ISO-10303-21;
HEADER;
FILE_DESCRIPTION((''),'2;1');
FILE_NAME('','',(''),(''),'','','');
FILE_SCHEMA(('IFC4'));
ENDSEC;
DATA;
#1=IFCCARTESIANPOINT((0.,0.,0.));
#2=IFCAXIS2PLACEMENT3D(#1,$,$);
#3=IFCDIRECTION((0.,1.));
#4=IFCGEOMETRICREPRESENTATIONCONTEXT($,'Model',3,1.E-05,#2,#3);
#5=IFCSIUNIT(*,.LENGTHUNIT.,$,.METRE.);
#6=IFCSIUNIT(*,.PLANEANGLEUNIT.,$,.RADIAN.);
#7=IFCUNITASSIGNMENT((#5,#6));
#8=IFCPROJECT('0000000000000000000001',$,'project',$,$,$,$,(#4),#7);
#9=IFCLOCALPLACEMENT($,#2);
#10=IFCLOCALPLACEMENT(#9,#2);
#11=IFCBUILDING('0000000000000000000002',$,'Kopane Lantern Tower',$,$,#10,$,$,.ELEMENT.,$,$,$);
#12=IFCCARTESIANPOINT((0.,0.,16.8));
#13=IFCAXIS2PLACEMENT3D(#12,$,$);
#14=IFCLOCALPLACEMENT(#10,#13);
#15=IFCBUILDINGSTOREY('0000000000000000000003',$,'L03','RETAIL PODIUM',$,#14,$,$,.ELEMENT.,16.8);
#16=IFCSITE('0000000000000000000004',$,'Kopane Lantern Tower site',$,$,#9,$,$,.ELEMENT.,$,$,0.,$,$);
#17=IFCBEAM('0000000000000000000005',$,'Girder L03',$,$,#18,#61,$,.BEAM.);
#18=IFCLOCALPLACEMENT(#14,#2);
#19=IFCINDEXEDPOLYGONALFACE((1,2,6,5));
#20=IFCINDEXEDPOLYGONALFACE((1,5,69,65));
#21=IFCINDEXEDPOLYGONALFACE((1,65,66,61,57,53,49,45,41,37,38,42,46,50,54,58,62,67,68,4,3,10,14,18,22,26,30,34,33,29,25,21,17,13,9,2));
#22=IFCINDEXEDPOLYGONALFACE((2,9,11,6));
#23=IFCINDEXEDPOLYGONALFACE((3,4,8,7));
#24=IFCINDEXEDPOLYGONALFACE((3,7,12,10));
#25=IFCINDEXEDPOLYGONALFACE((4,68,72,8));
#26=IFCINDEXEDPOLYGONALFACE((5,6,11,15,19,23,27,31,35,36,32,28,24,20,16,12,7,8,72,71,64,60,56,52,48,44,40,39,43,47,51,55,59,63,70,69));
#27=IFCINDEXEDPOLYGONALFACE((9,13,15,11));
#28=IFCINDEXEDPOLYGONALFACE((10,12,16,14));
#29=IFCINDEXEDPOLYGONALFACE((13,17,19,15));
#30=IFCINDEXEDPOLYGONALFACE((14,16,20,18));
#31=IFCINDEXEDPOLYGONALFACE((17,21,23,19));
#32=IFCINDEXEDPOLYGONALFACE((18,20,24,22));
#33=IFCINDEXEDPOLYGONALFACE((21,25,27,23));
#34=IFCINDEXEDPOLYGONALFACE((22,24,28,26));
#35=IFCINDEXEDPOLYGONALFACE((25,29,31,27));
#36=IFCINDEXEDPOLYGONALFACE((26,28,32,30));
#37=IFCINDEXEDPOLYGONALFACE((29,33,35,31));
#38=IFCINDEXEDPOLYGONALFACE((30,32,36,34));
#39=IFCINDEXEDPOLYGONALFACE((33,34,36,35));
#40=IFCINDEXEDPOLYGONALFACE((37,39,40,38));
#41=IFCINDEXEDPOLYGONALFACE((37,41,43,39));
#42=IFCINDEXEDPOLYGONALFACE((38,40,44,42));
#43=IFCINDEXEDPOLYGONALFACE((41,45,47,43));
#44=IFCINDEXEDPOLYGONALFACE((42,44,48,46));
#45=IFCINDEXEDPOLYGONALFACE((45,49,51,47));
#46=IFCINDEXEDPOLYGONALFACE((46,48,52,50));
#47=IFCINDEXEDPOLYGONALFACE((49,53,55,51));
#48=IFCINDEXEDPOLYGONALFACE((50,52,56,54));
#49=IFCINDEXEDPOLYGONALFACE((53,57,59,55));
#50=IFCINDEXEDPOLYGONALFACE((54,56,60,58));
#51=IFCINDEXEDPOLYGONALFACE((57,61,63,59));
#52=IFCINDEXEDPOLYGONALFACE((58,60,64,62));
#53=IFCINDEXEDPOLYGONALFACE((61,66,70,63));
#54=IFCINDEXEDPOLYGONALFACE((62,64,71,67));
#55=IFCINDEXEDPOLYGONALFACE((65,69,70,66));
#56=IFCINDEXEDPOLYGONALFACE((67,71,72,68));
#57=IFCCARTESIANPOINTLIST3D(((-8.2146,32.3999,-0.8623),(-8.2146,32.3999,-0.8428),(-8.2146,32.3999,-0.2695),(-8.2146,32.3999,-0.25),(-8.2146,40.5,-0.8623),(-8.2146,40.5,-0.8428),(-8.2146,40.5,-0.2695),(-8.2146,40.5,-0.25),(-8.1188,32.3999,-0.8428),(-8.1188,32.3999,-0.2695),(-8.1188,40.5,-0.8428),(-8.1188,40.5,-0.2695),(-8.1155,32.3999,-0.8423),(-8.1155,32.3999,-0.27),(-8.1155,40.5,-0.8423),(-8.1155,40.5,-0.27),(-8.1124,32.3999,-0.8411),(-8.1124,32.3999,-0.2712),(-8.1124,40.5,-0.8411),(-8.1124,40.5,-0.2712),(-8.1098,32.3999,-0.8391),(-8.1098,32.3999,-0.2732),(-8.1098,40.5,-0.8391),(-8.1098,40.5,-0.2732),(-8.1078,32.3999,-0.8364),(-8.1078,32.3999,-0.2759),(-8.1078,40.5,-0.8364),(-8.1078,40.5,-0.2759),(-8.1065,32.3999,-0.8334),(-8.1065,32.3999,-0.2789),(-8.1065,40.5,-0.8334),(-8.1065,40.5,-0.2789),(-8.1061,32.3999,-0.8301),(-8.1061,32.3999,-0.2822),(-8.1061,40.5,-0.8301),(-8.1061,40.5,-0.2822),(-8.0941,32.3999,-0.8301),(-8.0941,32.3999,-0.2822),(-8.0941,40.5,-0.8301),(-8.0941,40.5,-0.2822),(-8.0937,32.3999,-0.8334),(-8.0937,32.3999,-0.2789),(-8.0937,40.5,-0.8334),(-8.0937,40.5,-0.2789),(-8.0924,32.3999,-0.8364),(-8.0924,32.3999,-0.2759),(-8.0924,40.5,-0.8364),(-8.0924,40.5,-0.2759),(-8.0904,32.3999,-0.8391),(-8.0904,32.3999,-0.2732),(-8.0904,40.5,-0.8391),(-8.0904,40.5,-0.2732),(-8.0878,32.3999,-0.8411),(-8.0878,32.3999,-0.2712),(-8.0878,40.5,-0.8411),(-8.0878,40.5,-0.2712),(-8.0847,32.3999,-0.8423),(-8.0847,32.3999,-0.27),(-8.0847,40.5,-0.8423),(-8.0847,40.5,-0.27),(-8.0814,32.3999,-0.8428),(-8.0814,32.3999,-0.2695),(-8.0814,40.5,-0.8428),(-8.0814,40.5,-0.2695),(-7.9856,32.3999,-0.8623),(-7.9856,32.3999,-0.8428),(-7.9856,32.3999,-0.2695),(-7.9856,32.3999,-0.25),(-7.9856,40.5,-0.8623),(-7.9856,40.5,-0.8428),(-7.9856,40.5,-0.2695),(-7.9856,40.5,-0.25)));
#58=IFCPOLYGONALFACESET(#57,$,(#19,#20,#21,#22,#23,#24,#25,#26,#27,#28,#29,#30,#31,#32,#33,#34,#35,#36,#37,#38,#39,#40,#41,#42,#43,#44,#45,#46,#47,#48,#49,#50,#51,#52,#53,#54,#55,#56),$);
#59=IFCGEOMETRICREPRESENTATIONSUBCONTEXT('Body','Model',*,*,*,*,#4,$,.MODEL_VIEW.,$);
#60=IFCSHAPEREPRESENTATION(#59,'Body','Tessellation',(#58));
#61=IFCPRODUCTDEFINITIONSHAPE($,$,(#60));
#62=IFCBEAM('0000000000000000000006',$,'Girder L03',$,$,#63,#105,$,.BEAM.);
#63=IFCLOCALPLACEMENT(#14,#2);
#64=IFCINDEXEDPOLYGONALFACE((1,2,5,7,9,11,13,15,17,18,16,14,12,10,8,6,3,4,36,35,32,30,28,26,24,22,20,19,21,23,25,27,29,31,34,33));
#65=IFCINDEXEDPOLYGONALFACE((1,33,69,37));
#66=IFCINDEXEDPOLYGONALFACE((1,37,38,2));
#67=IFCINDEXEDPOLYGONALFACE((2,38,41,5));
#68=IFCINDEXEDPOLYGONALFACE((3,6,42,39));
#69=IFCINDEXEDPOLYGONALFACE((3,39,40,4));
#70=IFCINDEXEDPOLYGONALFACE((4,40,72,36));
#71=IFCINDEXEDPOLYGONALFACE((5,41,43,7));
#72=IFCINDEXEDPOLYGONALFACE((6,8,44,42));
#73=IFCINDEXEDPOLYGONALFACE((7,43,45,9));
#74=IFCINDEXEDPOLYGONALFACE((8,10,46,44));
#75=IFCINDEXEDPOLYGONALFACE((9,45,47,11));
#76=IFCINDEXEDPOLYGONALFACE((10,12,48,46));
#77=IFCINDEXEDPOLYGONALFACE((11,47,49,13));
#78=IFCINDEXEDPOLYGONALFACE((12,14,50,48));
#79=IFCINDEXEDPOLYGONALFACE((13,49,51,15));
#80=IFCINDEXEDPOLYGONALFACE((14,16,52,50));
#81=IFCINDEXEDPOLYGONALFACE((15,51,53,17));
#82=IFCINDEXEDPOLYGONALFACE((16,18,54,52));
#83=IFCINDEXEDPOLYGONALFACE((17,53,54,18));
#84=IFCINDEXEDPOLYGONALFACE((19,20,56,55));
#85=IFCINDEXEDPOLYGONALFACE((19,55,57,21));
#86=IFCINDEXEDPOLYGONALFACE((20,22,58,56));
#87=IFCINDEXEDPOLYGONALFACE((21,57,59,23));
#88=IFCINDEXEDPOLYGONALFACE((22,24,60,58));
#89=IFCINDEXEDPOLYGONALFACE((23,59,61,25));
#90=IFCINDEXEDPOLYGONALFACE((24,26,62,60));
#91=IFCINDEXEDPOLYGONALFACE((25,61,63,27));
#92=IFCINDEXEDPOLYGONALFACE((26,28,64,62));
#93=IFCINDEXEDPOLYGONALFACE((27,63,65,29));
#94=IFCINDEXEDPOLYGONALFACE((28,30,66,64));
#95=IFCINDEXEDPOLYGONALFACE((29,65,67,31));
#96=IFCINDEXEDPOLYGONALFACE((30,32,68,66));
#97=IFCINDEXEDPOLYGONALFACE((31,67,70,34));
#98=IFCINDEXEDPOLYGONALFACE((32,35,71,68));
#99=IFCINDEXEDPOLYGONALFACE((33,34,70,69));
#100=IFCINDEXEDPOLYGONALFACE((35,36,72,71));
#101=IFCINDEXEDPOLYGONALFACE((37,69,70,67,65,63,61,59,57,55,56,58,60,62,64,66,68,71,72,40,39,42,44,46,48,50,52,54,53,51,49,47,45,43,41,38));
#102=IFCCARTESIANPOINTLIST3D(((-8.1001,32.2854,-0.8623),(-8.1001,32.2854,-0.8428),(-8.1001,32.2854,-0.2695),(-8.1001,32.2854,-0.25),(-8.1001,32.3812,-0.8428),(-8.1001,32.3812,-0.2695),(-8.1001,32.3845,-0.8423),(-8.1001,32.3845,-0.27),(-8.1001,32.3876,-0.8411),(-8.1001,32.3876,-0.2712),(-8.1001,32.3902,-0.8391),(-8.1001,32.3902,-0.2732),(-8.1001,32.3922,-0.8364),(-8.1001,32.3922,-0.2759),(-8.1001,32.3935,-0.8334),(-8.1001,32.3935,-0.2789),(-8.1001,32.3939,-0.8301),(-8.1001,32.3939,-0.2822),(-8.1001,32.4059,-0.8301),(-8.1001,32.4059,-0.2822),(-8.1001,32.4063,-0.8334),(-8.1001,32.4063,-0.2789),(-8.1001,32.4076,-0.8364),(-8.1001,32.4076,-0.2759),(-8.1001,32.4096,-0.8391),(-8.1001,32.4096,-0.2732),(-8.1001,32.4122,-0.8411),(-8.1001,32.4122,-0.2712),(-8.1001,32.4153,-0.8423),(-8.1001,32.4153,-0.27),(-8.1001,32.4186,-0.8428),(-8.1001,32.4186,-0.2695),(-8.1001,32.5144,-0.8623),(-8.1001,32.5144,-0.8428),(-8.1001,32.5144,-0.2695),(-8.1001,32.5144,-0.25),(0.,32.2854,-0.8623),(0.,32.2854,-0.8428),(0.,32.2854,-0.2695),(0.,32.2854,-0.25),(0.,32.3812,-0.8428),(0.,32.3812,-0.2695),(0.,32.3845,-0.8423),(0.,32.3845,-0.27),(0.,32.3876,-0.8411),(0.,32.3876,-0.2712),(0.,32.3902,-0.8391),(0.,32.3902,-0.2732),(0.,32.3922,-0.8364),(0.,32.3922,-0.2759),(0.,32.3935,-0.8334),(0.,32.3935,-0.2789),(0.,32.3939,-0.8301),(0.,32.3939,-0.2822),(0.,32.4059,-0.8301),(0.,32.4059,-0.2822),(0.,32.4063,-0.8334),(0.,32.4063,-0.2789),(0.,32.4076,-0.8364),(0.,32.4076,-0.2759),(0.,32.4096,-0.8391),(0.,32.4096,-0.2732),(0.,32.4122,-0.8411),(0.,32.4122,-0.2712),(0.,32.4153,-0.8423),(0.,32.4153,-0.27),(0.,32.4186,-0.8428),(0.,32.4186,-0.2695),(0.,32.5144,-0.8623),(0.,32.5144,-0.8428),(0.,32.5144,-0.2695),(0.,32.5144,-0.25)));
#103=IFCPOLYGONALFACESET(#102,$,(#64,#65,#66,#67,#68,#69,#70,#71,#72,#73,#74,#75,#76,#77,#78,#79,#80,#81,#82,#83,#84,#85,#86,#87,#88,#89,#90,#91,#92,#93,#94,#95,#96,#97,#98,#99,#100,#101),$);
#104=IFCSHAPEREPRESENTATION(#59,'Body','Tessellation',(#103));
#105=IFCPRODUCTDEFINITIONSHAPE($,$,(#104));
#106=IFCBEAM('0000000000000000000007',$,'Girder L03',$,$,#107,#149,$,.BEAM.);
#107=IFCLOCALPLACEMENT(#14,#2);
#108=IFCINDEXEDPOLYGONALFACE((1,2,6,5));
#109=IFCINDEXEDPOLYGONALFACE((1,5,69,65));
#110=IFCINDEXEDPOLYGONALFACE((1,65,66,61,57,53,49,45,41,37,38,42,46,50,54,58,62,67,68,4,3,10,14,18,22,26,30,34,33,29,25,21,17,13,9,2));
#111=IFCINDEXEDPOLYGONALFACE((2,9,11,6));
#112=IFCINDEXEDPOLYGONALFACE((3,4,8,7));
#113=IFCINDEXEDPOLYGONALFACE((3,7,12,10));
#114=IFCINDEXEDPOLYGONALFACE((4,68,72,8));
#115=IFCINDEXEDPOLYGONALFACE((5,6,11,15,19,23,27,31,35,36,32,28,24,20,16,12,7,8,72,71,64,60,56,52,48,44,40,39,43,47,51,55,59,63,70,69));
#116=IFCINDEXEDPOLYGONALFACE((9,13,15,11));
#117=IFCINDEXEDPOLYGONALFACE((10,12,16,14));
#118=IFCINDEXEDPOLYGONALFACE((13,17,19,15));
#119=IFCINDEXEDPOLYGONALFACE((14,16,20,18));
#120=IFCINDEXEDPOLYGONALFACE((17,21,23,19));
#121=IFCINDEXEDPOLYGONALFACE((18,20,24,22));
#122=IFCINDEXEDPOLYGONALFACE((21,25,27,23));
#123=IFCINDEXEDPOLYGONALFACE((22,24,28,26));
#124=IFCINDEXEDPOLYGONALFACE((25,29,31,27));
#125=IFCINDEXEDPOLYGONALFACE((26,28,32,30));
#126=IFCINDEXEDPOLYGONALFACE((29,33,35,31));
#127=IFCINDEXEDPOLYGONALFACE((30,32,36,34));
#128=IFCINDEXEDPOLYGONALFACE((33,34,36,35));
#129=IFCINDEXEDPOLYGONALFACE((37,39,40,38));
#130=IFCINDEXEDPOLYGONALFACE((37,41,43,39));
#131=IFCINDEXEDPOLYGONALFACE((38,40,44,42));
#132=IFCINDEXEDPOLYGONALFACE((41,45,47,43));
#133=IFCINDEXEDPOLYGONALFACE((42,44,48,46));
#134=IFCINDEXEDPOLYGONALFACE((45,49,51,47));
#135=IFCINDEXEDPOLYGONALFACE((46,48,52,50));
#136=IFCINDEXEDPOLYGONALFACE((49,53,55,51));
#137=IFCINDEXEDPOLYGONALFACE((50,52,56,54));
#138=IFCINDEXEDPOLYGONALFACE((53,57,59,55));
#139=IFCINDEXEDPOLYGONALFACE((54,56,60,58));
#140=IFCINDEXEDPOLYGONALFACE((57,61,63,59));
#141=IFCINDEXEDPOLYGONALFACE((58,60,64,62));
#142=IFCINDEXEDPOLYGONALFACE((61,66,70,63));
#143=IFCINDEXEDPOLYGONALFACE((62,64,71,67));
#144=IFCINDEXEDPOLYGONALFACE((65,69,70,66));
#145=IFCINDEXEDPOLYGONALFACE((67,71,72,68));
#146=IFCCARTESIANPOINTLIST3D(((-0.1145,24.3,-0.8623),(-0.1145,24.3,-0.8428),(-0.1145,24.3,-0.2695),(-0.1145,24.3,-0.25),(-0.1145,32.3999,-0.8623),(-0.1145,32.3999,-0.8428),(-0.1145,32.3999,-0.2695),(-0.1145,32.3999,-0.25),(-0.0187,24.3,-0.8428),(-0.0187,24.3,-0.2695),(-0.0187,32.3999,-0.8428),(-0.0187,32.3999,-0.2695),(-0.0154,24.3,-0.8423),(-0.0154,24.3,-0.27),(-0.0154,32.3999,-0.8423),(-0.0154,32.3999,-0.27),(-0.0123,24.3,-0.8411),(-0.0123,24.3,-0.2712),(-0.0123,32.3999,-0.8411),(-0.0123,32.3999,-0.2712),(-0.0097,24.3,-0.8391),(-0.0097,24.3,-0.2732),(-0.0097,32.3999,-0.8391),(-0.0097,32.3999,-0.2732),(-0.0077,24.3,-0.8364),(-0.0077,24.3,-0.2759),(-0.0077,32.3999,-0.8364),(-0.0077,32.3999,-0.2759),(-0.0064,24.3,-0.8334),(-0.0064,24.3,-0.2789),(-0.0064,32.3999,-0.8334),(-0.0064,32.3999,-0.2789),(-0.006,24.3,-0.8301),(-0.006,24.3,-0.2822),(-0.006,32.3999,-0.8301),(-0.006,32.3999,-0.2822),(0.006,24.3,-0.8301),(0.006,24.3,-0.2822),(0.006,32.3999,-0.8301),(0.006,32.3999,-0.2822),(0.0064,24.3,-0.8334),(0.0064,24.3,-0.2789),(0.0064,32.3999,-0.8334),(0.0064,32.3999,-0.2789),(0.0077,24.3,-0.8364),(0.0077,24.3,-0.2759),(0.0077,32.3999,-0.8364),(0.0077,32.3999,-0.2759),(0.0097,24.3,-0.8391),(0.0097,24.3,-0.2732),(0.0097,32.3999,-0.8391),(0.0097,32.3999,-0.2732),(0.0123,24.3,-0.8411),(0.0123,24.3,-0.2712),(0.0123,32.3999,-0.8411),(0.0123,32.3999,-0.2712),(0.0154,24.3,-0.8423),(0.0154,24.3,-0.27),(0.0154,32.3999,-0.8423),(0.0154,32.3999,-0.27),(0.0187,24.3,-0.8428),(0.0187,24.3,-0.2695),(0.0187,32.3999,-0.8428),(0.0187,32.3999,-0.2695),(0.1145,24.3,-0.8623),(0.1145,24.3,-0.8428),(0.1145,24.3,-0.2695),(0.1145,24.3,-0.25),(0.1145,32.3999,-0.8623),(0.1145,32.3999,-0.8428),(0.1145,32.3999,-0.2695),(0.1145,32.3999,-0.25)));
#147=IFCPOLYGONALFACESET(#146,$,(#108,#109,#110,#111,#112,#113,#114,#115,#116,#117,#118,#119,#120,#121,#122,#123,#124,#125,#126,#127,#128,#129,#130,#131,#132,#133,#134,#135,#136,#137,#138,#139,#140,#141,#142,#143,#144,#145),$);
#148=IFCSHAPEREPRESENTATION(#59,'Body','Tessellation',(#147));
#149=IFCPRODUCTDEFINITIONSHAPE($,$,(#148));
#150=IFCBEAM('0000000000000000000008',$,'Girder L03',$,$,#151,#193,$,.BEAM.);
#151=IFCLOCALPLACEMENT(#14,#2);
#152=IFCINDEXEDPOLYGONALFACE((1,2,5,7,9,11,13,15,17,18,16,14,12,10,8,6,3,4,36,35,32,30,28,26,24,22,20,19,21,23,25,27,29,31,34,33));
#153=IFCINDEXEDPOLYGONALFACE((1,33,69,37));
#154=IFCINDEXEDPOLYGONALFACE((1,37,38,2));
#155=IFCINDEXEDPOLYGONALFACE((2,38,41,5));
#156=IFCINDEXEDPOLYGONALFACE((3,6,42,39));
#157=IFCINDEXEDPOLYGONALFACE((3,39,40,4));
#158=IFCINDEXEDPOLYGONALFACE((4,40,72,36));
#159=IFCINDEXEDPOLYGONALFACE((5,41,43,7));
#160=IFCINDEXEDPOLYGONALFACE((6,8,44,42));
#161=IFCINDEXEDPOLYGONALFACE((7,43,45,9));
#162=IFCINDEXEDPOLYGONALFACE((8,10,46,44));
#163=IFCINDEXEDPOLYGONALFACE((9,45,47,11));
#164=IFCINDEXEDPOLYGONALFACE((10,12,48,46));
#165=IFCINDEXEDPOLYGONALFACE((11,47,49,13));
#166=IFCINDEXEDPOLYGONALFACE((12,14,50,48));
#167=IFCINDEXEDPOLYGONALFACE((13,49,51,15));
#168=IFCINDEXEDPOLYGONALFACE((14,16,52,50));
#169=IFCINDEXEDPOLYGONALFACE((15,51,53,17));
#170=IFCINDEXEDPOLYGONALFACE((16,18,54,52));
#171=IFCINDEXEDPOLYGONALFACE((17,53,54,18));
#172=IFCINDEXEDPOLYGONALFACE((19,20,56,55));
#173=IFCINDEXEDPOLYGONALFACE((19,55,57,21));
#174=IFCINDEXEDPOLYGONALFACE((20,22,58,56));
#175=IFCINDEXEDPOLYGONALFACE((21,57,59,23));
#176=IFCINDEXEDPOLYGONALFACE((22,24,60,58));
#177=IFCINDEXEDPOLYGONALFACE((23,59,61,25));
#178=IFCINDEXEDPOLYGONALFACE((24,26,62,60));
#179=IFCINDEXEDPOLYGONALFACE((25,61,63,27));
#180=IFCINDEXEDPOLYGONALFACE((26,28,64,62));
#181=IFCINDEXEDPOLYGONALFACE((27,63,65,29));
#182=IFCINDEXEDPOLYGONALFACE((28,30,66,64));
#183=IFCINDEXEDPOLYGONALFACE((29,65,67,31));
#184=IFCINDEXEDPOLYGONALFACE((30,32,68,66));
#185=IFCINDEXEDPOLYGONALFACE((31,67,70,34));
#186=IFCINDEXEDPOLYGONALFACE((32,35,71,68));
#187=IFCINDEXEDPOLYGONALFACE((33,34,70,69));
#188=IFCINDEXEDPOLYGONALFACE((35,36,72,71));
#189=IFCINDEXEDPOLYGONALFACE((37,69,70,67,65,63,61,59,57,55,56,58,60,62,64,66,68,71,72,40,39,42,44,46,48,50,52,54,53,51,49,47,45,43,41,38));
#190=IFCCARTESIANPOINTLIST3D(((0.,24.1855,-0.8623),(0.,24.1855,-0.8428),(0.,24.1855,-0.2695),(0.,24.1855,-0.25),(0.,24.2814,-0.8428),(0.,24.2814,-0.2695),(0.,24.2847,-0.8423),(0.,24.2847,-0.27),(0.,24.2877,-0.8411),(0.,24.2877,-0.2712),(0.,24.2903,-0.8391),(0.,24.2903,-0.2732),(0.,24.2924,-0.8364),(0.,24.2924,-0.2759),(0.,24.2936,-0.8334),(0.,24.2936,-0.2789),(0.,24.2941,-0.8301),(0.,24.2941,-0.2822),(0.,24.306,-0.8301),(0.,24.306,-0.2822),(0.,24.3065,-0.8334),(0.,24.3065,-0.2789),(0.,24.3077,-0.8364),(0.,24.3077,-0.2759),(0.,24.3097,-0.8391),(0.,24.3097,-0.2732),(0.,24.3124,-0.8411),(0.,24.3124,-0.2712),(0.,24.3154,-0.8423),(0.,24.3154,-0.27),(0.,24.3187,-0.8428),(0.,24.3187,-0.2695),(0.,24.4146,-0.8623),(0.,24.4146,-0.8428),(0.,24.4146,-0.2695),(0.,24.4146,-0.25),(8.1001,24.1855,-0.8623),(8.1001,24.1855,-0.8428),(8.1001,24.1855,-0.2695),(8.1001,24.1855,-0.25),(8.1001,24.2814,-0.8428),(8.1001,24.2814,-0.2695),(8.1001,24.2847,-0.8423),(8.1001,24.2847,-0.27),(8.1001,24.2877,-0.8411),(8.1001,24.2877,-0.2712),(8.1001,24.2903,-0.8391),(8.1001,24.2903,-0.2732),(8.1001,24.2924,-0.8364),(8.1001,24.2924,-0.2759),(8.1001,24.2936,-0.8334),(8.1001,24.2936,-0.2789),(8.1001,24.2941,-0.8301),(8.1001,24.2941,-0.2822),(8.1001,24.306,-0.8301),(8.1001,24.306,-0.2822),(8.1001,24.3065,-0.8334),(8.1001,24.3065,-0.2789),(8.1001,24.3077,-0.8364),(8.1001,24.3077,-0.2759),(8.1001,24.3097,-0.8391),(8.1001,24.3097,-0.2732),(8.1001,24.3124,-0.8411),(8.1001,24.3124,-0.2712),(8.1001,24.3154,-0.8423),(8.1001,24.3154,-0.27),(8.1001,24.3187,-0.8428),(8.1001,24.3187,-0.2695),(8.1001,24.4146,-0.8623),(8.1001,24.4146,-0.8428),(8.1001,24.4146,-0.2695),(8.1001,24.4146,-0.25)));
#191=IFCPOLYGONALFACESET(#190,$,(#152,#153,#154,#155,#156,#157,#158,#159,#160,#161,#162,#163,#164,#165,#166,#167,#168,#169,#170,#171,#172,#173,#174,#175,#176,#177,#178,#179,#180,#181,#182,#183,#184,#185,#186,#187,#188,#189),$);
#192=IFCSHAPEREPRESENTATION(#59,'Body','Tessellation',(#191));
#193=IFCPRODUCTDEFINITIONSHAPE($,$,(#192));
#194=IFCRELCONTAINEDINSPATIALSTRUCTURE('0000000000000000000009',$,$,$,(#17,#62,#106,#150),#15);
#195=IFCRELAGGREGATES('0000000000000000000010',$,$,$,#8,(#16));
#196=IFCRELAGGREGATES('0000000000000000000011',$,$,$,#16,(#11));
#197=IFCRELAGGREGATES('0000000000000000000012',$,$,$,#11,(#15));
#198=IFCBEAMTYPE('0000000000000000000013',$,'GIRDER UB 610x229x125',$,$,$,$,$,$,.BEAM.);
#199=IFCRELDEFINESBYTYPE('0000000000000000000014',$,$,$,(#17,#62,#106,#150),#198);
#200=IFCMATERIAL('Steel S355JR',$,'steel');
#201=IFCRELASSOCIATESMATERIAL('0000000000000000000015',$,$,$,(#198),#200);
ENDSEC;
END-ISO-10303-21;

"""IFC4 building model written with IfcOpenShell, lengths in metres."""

from ifc_helpers import new_model, si_unit, direction, frame, origin, origin_2d, place, context, subcontext, project, spatial, i_section, extrude, material, material_profile, profile_set, type_object, element, save


model = new_model("IFC4")

# Units and contexts
model_context = context("Model", 3, precision=1e-05, world=origin(), true_north=direction((0.0, 1.0)))
body_context = subcontext(model_context, "Body", "Model", "MODEL_VIEW")
ifc_project = project(units=[si_unit("LENGTHUNIT", "METRE"), si_unit("PLANEANGLEUNIT", "RADIAN")], contexts=[model_context])

# Site, building, storey
site_placement = place(None, origin())
site = spatial("IfcSite", under=ifc_project, at=site_placement, Name="Kopane Lantern Tower site", CompositionType="ELEMENT", RefElevation=0.0)
building_placement = place(site_placement, origin())
building = spatial("IfcBuilding", under=site, at=building_placement, Name="Kopane Lantern Tower", CompositionType="ELEMENT")
storey_placement = place(building_placement, frame((0.0, 0.0, 16.8)))
storey = spatial("IfcBuildingStorey", under=building, at=storey_placement, Name="L03", Description="RETAIL PODIUM", CompositionType="ELEMENT", Elevation=16.8)

# Beams
ifc_material_1 = material(Name="Steel S355JR", Category="steel")
ifc_material_profile_1 = material_profile(ifc_material_1, i_section(OverallWidth=0.229, OverallDepth=0.6123, WebThickness=0.012, FlangeThickness=0.0195, FilletRadius=0.0127, at=origin_2d()), Name="UB 610x229x125")
ifc_profile_set_1 = profile_set([ifc_material_profile_1], Name="Steel S355JR")
beam_type = type_object("IfcBeamType", Name="GIRDER UB 610x229x125", PredefinedType="BEAM", material=ifc_profile_set_1)
for number, where, z_axis, x_axis, name in (
    (1, (-8.1001, 32.3999, -0.5562), (0.0, 1.0, 0.0), (-1.0, 0.0, 0.0), "Girder L03"),
    (2, (-8.1001, 32.3999, -0.5562), (1.0, 0.0, 0.0), (0.0, 1.0, 0.0), "Girder L03"),
):
    element("IfcBeam", number, at=place(storey_placement, frame(where, z_axis=z_axis, x_axis=x_axis)), inside=storey, type_object=beam_type, Name=name, PredefinedType="BEAM", context=body_context, shape_type="SweptSolid", body=[
        extrude(i_section(OverallWidth=0.229, OverallDepth=0.6123, WebThickness=0.012, FlangeThickness=0.0195, FilletRadius=0.0127, at=origin_2d()), origin(), (0.0, 0.0, 1.0), 8.1001),
    ])
beam_1_placement = place(storey_placement, frame((0.0, 24.3, -0.5562), z_axis=(0.0, 1.0, 0.0), x_axis=(-1.0, 0.0, 0.0)))
element("IfcBeam", 3, at=beam_1_placement, inside=storey, type_object=beam_type, Name="Girder L03", PredefinedType="BEAM", context=body_context, shape_type="SweptSolid", body=[
    extrude(i_section(OverallWidth=0.229, OverallDepth=0.6123, WebThickness=0.012, FlangeThickness=0.0195, FilletRadius=0.0127, at=origin_2d()), origin(), (0.0, 0.0, 1.0), 8.0999),
])
for number, where, z_axis, x_axis, name in (
    (4, (0.0, 24.3, -0.5562), (1.0, 0.0, 0.0), (0.0, 1.0, 0.0), "Girder L03"),
):
    element("IfcBeam", number, at=place(storey_placement, frame(where, z_axis=z_axis, x_axis=x_axis)), inside=storey, type_object=beam_type, Name=name, PredefinedType="BEAM", context=body_context, shape_type="SweptSolid", body=[
        extrude(i_section(OverallWidth=0.229, OverallDepth=0.6123, WebThickness=0.012, FlangeThickness=0.0195, FilletRadius=0.0127, at=origin_2d()), origin(), (0.0, 0.0, 1.0), 8.1001),
    ])

save(model, "model.ifc")
